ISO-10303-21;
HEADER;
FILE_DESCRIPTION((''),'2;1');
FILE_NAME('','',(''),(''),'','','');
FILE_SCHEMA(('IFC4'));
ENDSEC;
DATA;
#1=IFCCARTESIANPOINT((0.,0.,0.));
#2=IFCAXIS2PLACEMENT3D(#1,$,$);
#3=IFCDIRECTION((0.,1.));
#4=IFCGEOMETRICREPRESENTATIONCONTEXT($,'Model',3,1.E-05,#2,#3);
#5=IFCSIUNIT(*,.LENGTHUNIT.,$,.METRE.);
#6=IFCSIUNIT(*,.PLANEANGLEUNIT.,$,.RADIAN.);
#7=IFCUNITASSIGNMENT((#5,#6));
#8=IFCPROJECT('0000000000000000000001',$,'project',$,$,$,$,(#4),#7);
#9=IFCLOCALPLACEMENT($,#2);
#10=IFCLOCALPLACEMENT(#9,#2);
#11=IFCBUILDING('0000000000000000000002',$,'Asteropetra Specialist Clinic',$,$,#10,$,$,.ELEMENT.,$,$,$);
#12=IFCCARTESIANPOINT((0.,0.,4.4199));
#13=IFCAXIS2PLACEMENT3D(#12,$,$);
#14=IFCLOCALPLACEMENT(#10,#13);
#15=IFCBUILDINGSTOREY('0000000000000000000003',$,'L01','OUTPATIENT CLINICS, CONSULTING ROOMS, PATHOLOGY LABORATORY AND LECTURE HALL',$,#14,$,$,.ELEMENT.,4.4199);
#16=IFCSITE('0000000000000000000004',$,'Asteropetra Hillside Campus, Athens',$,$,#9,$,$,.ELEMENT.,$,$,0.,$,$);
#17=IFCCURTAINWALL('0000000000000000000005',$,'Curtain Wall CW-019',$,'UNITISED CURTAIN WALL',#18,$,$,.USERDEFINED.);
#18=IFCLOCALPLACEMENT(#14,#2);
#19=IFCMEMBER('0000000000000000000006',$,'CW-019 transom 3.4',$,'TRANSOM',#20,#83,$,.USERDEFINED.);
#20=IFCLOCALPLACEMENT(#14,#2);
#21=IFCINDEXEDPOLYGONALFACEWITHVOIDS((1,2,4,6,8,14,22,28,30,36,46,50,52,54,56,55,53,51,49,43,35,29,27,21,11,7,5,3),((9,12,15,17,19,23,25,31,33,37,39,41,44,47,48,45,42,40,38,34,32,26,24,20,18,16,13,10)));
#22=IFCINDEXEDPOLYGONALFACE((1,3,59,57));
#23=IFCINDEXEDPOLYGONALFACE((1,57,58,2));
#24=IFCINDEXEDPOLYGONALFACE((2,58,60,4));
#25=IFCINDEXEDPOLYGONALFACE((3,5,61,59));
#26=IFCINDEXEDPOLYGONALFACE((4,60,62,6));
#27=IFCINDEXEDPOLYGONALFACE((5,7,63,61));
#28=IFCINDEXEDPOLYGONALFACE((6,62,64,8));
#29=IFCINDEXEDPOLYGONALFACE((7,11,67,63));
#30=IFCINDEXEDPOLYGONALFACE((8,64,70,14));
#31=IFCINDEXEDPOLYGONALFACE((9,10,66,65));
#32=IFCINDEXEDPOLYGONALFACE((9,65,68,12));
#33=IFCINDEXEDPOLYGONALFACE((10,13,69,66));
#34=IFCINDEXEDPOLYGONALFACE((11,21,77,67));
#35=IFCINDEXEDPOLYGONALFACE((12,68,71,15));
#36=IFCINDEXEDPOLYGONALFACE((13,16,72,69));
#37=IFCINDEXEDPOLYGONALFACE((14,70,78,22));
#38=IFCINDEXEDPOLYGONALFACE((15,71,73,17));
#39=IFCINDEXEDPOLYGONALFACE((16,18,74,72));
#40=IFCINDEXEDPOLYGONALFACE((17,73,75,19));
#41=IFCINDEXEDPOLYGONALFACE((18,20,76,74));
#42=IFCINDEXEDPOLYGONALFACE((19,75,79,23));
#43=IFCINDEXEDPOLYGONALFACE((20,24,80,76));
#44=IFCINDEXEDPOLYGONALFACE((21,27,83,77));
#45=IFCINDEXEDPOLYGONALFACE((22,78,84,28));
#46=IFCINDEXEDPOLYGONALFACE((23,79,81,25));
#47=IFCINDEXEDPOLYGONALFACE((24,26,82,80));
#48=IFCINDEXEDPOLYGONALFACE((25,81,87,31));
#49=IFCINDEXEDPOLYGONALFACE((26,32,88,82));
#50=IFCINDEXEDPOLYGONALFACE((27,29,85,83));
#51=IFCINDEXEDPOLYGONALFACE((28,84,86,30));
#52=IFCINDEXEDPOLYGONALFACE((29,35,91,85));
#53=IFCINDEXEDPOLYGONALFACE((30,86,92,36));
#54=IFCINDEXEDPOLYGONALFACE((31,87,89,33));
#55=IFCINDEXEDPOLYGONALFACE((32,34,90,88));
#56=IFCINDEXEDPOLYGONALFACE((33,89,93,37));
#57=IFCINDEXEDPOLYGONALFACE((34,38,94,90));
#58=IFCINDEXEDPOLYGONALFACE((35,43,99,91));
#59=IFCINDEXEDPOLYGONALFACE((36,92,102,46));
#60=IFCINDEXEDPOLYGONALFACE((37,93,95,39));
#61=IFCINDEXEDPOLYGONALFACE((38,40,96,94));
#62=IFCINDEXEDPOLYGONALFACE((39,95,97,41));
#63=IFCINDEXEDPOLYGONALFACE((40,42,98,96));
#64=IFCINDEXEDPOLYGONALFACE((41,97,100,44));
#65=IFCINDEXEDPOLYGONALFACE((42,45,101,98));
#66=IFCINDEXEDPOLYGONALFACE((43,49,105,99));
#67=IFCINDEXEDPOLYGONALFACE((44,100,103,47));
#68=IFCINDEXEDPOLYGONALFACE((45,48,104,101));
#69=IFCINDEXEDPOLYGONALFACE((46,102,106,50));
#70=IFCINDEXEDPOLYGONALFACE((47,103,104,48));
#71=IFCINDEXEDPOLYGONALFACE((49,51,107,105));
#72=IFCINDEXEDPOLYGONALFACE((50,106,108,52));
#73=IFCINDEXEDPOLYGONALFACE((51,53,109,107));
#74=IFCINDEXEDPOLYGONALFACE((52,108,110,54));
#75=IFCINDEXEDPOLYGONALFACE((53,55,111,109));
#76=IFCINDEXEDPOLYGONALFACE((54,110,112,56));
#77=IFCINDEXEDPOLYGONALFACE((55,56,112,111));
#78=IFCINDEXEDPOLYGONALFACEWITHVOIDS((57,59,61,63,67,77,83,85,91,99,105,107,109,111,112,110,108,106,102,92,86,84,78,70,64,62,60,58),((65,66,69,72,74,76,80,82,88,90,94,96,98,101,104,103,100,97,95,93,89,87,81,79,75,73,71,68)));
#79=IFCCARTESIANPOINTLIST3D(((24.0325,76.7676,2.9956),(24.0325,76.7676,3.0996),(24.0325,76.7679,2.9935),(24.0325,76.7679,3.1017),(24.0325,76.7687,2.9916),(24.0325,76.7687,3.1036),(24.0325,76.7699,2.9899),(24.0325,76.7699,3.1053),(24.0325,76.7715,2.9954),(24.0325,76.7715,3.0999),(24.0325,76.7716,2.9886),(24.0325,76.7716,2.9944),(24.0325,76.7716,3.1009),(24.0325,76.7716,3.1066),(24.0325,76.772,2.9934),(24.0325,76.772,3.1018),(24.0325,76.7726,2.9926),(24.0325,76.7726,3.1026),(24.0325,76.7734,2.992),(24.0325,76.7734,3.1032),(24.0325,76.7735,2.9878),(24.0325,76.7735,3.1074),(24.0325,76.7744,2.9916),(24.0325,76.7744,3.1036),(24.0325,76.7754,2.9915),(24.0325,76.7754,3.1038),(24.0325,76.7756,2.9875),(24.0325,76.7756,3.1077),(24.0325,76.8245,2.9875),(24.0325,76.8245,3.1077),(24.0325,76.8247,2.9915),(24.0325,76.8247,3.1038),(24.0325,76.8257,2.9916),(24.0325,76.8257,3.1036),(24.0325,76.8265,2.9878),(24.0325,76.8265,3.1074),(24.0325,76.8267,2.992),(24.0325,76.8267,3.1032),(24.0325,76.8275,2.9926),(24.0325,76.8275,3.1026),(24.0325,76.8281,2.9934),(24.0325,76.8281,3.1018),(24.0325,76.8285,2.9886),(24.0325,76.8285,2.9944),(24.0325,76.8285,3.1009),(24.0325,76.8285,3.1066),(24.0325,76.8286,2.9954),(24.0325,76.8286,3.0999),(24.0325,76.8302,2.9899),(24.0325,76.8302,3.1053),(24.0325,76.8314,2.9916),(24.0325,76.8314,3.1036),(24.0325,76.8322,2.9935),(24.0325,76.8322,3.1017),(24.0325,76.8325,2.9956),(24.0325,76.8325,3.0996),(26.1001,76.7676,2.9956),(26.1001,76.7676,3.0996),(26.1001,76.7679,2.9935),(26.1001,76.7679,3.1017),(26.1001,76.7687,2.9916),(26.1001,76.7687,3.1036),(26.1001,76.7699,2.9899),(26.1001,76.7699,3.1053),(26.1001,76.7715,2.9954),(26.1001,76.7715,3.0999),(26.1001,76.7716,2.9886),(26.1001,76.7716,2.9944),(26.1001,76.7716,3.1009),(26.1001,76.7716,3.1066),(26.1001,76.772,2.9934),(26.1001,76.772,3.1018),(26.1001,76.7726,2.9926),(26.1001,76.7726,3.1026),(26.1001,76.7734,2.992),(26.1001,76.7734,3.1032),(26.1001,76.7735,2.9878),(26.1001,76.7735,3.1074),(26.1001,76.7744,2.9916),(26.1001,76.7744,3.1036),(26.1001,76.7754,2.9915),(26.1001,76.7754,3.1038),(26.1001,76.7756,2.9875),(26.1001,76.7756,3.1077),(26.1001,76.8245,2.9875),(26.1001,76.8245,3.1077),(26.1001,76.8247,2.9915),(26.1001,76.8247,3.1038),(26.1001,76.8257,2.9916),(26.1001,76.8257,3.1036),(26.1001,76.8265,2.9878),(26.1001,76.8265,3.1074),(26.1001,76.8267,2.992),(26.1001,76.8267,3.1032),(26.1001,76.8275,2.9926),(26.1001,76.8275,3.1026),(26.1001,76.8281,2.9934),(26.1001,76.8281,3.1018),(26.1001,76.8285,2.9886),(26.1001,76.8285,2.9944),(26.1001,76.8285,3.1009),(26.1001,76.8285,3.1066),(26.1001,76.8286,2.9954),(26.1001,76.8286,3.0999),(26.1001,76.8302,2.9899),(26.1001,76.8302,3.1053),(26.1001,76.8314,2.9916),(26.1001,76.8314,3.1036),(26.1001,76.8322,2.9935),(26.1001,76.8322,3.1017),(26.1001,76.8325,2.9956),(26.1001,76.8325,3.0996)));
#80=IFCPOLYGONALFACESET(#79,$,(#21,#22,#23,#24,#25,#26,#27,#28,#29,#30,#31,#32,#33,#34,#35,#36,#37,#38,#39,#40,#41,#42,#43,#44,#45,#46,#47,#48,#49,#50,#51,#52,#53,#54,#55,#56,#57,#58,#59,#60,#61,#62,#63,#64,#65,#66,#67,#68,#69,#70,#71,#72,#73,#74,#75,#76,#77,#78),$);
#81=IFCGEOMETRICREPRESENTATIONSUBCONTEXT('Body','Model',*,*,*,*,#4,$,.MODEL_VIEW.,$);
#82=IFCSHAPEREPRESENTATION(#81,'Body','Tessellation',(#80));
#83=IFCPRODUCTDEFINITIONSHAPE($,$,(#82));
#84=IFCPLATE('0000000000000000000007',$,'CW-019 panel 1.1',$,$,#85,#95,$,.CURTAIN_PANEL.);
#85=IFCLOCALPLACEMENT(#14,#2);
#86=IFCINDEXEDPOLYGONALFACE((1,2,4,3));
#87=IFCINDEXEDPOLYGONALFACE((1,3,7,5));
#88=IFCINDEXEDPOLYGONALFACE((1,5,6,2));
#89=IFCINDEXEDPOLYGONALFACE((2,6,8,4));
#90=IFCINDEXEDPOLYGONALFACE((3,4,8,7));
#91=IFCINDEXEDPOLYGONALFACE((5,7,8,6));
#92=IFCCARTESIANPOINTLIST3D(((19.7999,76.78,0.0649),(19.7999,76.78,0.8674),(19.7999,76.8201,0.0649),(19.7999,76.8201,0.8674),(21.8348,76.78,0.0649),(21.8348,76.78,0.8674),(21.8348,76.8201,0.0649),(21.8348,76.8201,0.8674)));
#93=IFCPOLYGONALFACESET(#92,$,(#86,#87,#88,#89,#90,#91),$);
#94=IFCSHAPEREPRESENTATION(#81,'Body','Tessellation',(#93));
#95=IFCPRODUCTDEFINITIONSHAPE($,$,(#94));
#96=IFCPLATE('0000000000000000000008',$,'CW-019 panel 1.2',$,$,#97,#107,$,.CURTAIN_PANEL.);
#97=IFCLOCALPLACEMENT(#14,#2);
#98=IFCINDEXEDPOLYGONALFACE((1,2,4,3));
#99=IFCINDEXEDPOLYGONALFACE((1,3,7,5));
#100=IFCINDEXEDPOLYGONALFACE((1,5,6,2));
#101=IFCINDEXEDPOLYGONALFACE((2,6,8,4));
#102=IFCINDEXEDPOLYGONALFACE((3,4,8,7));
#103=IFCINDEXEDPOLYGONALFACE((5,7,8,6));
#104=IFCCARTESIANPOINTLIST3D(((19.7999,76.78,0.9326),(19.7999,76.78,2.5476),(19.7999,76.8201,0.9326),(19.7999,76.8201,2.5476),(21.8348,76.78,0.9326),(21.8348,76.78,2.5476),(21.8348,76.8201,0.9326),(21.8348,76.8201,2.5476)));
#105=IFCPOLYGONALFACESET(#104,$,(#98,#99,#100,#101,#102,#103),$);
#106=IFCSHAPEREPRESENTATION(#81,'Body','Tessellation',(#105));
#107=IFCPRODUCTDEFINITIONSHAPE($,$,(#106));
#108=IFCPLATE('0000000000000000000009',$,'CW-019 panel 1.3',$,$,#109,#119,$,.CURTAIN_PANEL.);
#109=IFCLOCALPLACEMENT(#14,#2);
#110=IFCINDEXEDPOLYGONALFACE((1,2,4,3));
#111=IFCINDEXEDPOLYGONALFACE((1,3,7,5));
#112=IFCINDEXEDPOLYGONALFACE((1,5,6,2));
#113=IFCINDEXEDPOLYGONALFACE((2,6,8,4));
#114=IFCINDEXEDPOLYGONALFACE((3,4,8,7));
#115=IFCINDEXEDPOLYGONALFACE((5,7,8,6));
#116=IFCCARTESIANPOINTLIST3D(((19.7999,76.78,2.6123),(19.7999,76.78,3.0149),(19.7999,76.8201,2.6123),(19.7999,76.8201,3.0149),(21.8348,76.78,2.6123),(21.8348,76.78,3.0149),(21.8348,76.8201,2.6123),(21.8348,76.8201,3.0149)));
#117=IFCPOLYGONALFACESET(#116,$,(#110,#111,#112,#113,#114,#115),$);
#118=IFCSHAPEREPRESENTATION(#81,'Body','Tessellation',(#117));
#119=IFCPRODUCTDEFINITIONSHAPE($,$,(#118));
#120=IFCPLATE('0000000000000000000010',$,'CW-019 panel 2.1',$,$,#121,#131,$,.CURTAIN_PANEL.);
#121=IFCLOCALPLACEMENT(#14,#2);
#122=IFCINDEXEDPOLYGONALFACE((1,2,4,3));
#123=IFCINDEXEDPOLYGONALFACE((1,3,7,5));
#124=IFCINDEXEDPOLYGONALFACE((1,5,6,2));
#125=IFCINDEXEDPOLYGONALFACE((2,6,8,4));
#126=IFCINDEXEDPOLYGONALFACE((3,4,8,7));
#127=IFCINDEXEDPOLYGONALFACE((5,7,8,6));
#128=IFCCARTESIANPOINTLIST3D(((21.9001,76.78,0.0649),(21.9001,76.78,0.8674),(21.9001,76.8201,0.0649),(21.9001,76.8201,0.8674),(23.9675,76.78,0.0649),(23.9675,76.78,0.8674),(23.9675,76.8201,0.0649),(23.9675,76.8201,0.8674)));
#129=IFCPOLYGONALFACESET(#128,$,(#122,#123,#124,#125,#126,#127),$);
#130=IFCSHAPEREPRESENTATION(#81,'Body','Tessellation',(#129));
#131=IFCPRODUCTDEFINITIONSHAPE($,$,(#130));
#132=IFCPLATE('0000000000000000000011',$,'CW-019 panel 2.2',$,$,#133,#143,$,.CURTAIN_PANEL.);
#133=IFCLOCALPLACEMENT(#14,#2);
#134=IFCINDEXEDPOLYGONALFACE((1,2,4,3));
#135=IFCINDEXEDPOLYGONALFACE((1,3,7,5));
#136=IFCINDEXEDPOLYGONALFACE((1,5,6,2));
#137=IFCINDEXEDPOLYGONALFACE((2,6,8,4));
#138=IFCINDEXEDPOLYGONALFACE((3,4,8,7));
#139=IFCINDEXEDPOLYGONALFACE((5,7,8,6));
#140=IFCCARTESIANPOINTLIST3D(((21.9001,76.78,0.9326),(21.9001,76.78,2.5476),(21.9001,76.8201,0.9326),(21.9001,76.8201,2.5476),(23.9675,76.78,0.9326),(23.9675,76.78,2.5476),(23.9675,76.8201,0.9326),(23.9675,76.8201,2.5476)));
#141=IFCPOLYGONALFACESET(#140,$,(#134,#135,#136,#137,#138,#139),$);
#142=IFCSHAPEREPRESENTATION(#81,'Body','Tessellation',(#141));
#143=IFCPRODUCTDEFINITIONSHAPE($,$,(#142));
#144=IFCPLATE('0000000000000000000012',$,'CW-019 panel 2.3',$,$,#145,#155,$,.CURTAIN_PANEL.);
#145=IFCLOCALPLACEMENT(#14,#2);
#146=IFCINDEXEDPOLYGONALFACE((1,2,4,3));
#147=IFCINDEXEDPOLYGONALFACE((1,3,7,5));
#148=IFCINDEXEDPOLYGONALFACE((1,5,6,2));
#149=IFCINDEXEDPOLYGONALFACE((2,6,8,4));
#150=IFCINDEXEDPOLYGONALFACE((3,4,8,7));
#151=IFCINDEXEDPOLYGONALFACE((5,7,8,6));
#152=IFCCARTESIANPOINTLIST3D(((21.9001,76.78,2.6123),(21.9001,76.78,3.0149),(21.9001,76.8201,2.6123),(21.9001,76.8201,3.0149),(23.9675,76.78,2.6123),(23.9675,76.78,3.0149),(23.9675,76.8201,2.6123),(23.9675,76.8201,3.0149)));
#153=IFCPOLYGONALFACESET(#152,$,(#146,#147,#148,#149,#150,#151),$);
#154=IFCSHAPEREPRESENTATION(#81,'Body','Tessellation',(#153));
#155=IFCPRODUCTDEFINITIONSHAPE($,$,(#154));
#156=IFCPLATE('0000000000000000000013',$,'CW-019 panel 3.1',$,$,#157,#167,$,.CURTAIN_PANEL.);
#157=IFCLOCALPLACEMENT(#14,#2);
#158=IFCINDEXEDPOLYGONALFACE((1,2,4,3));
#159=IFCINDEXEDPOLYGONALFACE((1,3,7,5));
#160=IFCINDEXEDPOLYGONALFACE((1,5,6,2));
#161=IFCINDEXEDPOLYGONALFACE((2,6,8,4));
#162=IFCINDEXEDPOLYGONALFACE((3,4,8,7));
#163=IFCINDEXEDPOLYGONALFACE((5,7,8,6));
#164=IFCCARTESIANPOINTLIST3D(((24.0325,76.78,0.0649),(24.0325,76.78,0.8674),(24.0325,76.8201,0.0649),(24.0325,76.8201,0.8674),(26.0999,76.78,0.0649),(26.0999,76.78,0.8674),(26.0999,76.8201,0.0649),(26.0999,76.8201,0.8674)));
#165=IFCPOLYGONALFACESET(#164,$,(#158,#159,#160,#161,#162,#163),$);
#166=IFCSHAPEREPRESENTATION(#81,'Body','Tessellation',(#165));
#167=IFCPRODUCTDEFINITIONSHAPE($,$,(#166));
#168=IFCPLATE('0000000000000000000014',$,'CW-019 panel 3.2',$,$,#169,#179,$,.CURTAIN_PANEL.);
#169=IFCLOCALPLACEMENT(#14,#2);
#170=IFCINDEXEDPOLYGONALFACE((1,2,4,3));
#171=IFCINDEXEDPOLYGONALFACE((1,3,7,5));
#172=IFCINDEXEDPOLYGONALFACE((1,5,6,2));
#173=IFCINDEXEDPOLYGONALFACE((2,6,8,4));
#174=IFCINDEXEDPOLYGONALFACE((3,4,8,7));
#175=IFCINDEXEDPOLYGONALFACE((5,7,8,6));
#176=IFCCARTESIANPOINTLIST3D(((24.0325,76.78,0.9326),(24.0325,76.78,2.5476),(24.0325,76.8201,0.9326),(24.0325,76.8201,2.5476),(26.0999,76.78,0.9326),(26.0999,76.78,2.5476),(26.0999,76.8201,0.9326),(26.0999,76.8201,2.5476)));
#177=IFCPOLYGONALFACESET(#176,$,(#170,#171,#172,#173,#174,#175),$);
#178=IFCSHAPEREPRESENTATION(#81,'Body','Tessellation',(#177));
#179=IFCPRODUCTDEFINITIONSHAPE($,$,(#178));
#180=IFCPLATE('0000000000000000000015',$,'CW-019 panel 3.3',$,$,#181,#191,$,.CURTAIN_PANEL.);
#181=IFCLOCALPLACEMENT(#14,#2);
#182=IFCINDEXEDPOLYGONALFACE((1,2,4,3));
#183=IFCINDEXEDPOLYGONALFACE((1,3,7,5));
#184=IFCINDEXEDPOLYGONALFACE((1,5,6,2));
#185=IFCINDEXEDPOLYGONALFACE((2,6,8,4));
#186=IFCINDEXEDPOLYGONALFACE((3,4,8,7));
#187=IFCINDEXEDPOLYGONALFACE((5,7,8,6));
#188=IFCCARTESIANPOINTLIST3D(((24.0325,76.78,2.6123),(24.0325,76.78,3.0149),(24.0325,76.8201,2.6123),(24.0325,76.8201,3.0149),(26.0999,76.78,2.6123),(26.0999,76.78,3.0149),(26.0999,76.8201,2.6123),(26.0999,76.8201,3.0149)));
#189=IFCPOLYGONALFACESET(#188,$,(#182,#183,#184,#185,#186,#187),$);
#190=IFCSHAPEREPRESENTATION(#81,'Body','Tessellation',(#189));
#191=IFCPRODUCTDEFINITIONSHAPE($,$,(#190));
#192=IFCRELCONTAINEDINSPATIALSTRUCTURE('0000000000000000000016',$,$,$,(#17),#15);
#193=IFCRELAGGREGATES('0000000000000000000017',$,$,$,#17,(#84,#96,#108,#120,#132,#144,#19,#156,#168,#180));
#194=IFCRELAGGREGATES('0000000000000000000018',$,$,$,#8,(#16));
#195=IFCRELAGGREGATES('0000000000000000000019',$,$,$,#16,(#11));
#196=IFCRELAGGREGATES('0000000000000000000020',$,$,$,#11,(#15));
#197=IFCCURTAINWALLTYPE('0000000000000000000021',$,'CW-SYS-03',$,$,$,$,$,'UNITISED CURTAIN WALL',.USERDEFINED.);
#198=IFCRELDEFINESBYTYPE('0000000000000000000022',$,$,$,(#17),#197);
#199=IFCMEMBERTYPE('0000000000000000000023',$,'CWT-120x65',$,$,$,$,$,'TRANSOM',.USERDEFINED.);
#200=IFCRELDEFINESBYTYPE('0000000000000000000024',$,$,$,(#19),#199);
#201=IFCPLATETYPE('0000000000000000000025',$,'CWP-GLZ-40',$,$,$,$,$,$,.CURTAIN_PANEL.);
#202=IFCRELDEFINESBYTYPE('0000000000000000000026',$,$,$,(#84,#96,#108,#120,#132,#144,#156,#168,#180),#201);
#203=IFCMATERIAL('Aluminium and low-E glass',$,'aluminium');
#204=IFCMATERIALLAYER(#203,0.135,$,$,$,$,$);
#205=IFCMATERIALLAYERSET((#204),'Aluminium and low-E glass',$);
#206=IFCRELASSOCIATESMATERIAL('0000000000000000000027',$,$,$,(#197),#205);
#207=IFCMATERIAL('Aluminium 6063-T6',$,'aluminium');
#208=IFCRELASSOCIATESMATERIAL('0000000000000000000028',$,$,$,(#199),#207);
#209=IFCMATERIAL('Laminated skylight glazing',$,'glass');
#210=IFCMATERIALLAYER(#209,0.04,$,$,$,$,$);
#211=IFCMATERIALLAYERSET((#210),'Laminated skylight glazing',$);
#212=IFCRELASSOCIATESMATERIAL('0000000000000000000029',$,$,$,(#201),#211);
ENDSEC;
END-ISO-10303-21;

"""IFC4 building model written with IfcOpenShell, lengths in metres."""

from ifc_helpers import new_model, si_unit, direction, frame, origin, origin_2d, place, context, subcontext, project, spatial, rectangle, hollow_rectangle, extrude, material, layer, layer_set, material_profile, profile_set, type_object, element, aggregate, save


model = new_model("IFC4")

# Units and contexts
model_context = context("Model", 3, precision=1e-05, world=origin(), true_north=direction((0.0, 1.0)))
body_context = subcontext(model_context, "Body", "Model", "MODEL_VIEW")
ifc_project = project(units=[si_unit("LENGTHUNIT", "METRE"), si_unit("PLANEANGLEUNIT", "RADIAN")], contexts=[model_context])

# Site, building, storey
site_placement = place(None, origin())
site = spatial("IfcSite", under=ifc_project, at=site_placement, Name="Asteropetra Hillside Campus, Athens", CompositionType="ELEMENT", RefElevation=0.0)
building_placement = place(site_placement, origin())
building = spatial("IfcBuilding", under=site, at=building_placement, Name="Asteropetra Specialist Clinic", CompositionType="ELEMENT")
storey_placement = place(building_placement, frame((0.0, 0.0, 4.4199)))
storey = spatial("IfcBuildingStorey", under=building, at=storey_placement, Name="L01", Description="OUTPATIENT CLINICS, CONSULTING ROOMS, PATHOLOGY LABORATORY AND LECTURE HALL", CompositionType="ELEMENT", Elevation=4.4199)

# Curtain wall, member, plates
ifc_material_1 = material(Name="Aluminium and low-E glass", Category="aluminium")
ifc_layer_1 = layer(ifc_material_1, 0.135)
ifc_layer_set_1 = layer_set([ifc_layer_1], Name="Aluminium and low-E glass")
curtain_wall_type = type_object("IfcCurtainWallType", Name="CW-SYS-03", ElementType="UNITISED CURTAIN WALL", PredefinedType="USERDEFINED", material=ifc_layer_set_1)
curtain_wall_placement = place(storey_placement, origin())
curtain_wall = element("IfcCurtainWall", 1, at=curtain_wall_placement, inside=storey, type_object=curtain_wall_type, Name="Curtain Wall CW-019", ObjectType="UNITISED CURTAIN WALL", PredefinedType="USERDEFINED")
ifc_material_2 = material(Name="Aluminium 6063-T6", Category="aluminium")
ifc_material_profile_1 = material_profile(ifc_material_2, hollow_rectangle(XDim=0.0649, YDim=0.1201, WallThickness=0.0039, InnerFilletRadius=0.0039, OuterFilletRadius=0.0081, at=origin_2d()), Name="TRN 120x65x4.0")
ifc_profile_set_1 = profile_set([ifc_material_profile_1], Name="Aluminium 6063-T6")
member_type_1 = type_object("IfcMemberType", Name="CWT-120x65", ElementType="TRANSOM", PredefinedType="USERDEFINED", material=ifc_profile_set_1)
member_1_placement = place(storey_placement, frame((24.0325, 76.8, 3.0476), z_axis=(1.0, 0.0, 0.0), x_axis=(0.0, 1.0, 0.0)))
member_1 = element("IfcMember", 2, at=member_1_placement, type_object=member_type_1, Name="CW-019 transom 3.4", ObjectType="TRANSOM", PredefinedType="USERDEFINED", context=body_context, shape_type="SweptSolid", body=[
    extrude(hollow_rectangle(XDim=0.0649, YDim=0.1201, WallThickness=0.0039, InnerFilletRadius=0.0039, OuterFilletRadius=0.0081, at=origin_2d()), origin(), (0.0, 0.0, 1.0), 2.0676),
])
ifc_material_3 = material(Name="Laminated skylight glazing", Category="glass")
ifc_layer_2 = layer(ifc_material_3, 0.04)
ifc_layer_set_2 = layer_set([ifc_layer_2], Name="Laminated skylight glazing")
plate_type = type_object("IfcPlateType", Name="CWP-GLZ-40", PredefinedType="CURTAIN_PANEL", material=ifc_layer_set_2)
plate_1_placement = place(storey_placement, frame((20.8174, 76.8, 0.0649), z_axis=(0.0, 0.0, 1.0), x_axis=(1.0, 0.0, 0.0)))
plate_1 = element("IfcPlate", 3, at=plate_1_placement, type_object=plate_type, Name="CW-019 panel 1.1", PredefinedType="CURTAIN_PANEL", context=body_context, shape_type="SweptSolid", body=[
    extrude(rectangle(XDim=2.0349, YDim=0.04, at=origin_2d()), origin(), (0.0, 0.0, 1.0), 0.8025),
])
plate_2_placement = place(storey_placement, frame((20.8174, 76.8, 0.9326), z_axis=(0.0, 0.0, 1.0), x_axis=(1.0, 0.0, 0.0)))
plate_2 = element("IfcPlate", 4, at=plate_2_placement, type_object=plate_type, Name="CW-019 panel 1.2", PredefinedType="CURTAIN_PANEL", context=body_context, shape_type="SweptSolid", body=[
    extrude(rectangle(XDim=2.0349, YDim=0.04, at=origin_2d()), origin(), (0.0, 0.0, 1.0), 1.615),
])
plate_3_placement = place(storey_placement, frame((20.8174, 76.8, 2.6123), z_axis=(0.0, 0.0, 1.0), x_axis=(1.0, 0.0, 0.0)))
plate_3 = element("IfcPlate", 5, at=plate_3_placement, type_object=plate_type, Name="CW-019 panel 1.3", PredefinedType="CURTAIN_PANEL", context=body_context, shape_type="SweptSolid", body=[
    extrude(rectangle(XDim=2.0349, YDim=0.04, at=origin_2d()), origin(), (0.0, 0.0, 1.0), 0.4026),
])
plate_4_placement = place(storey_placement, frame((22.9338, 76.8, 0.0649), z_axis=(0.0, 0.0, 1.0), x_axis=(1.0, 0.0, 0.0)))
plate_4 = element("IfcPlate", 6, at=plate_4_placement, type_object=plate_type, Name="CW-019 panel 2.1", PredefinedType="CURTAIN_PANEL", context=body_context, shape_type="SweptSolid", body=[
    extrude(rectangle(XDim=2.0674, YDim=0.04, at=origin_2d()), origin(), (0.0, 0.0, 1.0), 0.8025),
])
plate_5_placement = place(storey_placement, frame((22.9338, 76.8, 0.9326), z_axis=(0.0, 0.0, 1.0), x_axis=(1.0, 0.0, 0.0)))
plate_5 = element("IfcPlate", 7, at=plate_5_placement, type_object=plate_type, Name="CW-019 panel 2.2", PredefinedType="CURTAIN_PANEL", context=body_context, shape_type="SweptSolid", body=[
    extrude(rectangle(XDim=2.0674, YDim=0.04, at=origin_2d()), origin(), (0.0, 0.0, 1.0), 1.615),
])
plate_6_placement = place(storey_placement, frame((22.9338, 76.8, 2.6123), z_axis=(0.0, 0.0, 1.0), x_axis=(1.0, 0.0, 0.0)))
plate_6 = element("IfcPlate", 8, at=plate_6_placement, type_object=plate_type, Name="CW-019 panel 2.3", PredefinedType="CURTAIN_PANEL", context=body_context, shape_type="SweptSolid", body=[
    extrude(rectangle(XDim=2.0674, YDim=0.04, at=origin_2d()), origin(), (0.0, 0.0, 1.0), 0.4026),
])
plate_7_placement = place(storey_placement, frame((25.0662, 76.8, 0.0649), z_axis=(0.0, 0.0, 1.0), x_axis=(1.0, 0.0, 0.0)))
plate_7 = element("IfcPlate", 9, at=plate_7_placement, type_object=plate_type, Name="CW-019 panel 3.1", PredefinedType="CURTAIN_PANEL", context=body_context, shape_type="SweptSolid", body=[
    extrude(rectangle(XDim=2.0674, YDim=0.04, at=origin_2d()), origin(), (0.0, 0.0, 1.0), 0.8025),
])
plate_8_placement = place(storey_placement, frame((25.0662, 76.8, 0.9326), z_axis=(0.0, 0.0, 1.0), x_axis=(1.0, 0.0, 0.0)))
plate_8 = element("IfcPlate", 10, at=plate_8_placement, type_object=plate_type, Name="CW-019 panel 3.2", PredefinedType="CURTAIN_PANEL", context=body_context, shape_type="SweptSolid", body=[
    extrude(rectangle(XDim=2.0674, YDim=0.04, at=origin_2d()), origin(), (0.0, 0.0, 1.0), 1.615),
])
plate_9_placement = place(storey_placement, frame((25.0662, 76.8, 2.6123), z_axis=(0.0, 0.0, 1.0), x_axis=(1.0, 0.0, 0.0)))
plate_9 = element("IfcPlate", 11, at=plate_9_placement, type_object=plate_type, Name="CW-019 panel 3.3", PredefinedType="CURTAIN_PANEL", context=body_context, shape_type="SweptSolid", body=[
    extrude(rectangle(XDim=2.0674, YDim=0.04, at=origin_2d()), origin(), (0.0, 0.0, 1.0), 0.4026),
])
aggregate(curtain_wall, [plate_1, plate_2, plate_3, plate_4, plate_5, plate_6, member_1, plate_7, plate_8, plate_9])

save(model, "model.ifc")
